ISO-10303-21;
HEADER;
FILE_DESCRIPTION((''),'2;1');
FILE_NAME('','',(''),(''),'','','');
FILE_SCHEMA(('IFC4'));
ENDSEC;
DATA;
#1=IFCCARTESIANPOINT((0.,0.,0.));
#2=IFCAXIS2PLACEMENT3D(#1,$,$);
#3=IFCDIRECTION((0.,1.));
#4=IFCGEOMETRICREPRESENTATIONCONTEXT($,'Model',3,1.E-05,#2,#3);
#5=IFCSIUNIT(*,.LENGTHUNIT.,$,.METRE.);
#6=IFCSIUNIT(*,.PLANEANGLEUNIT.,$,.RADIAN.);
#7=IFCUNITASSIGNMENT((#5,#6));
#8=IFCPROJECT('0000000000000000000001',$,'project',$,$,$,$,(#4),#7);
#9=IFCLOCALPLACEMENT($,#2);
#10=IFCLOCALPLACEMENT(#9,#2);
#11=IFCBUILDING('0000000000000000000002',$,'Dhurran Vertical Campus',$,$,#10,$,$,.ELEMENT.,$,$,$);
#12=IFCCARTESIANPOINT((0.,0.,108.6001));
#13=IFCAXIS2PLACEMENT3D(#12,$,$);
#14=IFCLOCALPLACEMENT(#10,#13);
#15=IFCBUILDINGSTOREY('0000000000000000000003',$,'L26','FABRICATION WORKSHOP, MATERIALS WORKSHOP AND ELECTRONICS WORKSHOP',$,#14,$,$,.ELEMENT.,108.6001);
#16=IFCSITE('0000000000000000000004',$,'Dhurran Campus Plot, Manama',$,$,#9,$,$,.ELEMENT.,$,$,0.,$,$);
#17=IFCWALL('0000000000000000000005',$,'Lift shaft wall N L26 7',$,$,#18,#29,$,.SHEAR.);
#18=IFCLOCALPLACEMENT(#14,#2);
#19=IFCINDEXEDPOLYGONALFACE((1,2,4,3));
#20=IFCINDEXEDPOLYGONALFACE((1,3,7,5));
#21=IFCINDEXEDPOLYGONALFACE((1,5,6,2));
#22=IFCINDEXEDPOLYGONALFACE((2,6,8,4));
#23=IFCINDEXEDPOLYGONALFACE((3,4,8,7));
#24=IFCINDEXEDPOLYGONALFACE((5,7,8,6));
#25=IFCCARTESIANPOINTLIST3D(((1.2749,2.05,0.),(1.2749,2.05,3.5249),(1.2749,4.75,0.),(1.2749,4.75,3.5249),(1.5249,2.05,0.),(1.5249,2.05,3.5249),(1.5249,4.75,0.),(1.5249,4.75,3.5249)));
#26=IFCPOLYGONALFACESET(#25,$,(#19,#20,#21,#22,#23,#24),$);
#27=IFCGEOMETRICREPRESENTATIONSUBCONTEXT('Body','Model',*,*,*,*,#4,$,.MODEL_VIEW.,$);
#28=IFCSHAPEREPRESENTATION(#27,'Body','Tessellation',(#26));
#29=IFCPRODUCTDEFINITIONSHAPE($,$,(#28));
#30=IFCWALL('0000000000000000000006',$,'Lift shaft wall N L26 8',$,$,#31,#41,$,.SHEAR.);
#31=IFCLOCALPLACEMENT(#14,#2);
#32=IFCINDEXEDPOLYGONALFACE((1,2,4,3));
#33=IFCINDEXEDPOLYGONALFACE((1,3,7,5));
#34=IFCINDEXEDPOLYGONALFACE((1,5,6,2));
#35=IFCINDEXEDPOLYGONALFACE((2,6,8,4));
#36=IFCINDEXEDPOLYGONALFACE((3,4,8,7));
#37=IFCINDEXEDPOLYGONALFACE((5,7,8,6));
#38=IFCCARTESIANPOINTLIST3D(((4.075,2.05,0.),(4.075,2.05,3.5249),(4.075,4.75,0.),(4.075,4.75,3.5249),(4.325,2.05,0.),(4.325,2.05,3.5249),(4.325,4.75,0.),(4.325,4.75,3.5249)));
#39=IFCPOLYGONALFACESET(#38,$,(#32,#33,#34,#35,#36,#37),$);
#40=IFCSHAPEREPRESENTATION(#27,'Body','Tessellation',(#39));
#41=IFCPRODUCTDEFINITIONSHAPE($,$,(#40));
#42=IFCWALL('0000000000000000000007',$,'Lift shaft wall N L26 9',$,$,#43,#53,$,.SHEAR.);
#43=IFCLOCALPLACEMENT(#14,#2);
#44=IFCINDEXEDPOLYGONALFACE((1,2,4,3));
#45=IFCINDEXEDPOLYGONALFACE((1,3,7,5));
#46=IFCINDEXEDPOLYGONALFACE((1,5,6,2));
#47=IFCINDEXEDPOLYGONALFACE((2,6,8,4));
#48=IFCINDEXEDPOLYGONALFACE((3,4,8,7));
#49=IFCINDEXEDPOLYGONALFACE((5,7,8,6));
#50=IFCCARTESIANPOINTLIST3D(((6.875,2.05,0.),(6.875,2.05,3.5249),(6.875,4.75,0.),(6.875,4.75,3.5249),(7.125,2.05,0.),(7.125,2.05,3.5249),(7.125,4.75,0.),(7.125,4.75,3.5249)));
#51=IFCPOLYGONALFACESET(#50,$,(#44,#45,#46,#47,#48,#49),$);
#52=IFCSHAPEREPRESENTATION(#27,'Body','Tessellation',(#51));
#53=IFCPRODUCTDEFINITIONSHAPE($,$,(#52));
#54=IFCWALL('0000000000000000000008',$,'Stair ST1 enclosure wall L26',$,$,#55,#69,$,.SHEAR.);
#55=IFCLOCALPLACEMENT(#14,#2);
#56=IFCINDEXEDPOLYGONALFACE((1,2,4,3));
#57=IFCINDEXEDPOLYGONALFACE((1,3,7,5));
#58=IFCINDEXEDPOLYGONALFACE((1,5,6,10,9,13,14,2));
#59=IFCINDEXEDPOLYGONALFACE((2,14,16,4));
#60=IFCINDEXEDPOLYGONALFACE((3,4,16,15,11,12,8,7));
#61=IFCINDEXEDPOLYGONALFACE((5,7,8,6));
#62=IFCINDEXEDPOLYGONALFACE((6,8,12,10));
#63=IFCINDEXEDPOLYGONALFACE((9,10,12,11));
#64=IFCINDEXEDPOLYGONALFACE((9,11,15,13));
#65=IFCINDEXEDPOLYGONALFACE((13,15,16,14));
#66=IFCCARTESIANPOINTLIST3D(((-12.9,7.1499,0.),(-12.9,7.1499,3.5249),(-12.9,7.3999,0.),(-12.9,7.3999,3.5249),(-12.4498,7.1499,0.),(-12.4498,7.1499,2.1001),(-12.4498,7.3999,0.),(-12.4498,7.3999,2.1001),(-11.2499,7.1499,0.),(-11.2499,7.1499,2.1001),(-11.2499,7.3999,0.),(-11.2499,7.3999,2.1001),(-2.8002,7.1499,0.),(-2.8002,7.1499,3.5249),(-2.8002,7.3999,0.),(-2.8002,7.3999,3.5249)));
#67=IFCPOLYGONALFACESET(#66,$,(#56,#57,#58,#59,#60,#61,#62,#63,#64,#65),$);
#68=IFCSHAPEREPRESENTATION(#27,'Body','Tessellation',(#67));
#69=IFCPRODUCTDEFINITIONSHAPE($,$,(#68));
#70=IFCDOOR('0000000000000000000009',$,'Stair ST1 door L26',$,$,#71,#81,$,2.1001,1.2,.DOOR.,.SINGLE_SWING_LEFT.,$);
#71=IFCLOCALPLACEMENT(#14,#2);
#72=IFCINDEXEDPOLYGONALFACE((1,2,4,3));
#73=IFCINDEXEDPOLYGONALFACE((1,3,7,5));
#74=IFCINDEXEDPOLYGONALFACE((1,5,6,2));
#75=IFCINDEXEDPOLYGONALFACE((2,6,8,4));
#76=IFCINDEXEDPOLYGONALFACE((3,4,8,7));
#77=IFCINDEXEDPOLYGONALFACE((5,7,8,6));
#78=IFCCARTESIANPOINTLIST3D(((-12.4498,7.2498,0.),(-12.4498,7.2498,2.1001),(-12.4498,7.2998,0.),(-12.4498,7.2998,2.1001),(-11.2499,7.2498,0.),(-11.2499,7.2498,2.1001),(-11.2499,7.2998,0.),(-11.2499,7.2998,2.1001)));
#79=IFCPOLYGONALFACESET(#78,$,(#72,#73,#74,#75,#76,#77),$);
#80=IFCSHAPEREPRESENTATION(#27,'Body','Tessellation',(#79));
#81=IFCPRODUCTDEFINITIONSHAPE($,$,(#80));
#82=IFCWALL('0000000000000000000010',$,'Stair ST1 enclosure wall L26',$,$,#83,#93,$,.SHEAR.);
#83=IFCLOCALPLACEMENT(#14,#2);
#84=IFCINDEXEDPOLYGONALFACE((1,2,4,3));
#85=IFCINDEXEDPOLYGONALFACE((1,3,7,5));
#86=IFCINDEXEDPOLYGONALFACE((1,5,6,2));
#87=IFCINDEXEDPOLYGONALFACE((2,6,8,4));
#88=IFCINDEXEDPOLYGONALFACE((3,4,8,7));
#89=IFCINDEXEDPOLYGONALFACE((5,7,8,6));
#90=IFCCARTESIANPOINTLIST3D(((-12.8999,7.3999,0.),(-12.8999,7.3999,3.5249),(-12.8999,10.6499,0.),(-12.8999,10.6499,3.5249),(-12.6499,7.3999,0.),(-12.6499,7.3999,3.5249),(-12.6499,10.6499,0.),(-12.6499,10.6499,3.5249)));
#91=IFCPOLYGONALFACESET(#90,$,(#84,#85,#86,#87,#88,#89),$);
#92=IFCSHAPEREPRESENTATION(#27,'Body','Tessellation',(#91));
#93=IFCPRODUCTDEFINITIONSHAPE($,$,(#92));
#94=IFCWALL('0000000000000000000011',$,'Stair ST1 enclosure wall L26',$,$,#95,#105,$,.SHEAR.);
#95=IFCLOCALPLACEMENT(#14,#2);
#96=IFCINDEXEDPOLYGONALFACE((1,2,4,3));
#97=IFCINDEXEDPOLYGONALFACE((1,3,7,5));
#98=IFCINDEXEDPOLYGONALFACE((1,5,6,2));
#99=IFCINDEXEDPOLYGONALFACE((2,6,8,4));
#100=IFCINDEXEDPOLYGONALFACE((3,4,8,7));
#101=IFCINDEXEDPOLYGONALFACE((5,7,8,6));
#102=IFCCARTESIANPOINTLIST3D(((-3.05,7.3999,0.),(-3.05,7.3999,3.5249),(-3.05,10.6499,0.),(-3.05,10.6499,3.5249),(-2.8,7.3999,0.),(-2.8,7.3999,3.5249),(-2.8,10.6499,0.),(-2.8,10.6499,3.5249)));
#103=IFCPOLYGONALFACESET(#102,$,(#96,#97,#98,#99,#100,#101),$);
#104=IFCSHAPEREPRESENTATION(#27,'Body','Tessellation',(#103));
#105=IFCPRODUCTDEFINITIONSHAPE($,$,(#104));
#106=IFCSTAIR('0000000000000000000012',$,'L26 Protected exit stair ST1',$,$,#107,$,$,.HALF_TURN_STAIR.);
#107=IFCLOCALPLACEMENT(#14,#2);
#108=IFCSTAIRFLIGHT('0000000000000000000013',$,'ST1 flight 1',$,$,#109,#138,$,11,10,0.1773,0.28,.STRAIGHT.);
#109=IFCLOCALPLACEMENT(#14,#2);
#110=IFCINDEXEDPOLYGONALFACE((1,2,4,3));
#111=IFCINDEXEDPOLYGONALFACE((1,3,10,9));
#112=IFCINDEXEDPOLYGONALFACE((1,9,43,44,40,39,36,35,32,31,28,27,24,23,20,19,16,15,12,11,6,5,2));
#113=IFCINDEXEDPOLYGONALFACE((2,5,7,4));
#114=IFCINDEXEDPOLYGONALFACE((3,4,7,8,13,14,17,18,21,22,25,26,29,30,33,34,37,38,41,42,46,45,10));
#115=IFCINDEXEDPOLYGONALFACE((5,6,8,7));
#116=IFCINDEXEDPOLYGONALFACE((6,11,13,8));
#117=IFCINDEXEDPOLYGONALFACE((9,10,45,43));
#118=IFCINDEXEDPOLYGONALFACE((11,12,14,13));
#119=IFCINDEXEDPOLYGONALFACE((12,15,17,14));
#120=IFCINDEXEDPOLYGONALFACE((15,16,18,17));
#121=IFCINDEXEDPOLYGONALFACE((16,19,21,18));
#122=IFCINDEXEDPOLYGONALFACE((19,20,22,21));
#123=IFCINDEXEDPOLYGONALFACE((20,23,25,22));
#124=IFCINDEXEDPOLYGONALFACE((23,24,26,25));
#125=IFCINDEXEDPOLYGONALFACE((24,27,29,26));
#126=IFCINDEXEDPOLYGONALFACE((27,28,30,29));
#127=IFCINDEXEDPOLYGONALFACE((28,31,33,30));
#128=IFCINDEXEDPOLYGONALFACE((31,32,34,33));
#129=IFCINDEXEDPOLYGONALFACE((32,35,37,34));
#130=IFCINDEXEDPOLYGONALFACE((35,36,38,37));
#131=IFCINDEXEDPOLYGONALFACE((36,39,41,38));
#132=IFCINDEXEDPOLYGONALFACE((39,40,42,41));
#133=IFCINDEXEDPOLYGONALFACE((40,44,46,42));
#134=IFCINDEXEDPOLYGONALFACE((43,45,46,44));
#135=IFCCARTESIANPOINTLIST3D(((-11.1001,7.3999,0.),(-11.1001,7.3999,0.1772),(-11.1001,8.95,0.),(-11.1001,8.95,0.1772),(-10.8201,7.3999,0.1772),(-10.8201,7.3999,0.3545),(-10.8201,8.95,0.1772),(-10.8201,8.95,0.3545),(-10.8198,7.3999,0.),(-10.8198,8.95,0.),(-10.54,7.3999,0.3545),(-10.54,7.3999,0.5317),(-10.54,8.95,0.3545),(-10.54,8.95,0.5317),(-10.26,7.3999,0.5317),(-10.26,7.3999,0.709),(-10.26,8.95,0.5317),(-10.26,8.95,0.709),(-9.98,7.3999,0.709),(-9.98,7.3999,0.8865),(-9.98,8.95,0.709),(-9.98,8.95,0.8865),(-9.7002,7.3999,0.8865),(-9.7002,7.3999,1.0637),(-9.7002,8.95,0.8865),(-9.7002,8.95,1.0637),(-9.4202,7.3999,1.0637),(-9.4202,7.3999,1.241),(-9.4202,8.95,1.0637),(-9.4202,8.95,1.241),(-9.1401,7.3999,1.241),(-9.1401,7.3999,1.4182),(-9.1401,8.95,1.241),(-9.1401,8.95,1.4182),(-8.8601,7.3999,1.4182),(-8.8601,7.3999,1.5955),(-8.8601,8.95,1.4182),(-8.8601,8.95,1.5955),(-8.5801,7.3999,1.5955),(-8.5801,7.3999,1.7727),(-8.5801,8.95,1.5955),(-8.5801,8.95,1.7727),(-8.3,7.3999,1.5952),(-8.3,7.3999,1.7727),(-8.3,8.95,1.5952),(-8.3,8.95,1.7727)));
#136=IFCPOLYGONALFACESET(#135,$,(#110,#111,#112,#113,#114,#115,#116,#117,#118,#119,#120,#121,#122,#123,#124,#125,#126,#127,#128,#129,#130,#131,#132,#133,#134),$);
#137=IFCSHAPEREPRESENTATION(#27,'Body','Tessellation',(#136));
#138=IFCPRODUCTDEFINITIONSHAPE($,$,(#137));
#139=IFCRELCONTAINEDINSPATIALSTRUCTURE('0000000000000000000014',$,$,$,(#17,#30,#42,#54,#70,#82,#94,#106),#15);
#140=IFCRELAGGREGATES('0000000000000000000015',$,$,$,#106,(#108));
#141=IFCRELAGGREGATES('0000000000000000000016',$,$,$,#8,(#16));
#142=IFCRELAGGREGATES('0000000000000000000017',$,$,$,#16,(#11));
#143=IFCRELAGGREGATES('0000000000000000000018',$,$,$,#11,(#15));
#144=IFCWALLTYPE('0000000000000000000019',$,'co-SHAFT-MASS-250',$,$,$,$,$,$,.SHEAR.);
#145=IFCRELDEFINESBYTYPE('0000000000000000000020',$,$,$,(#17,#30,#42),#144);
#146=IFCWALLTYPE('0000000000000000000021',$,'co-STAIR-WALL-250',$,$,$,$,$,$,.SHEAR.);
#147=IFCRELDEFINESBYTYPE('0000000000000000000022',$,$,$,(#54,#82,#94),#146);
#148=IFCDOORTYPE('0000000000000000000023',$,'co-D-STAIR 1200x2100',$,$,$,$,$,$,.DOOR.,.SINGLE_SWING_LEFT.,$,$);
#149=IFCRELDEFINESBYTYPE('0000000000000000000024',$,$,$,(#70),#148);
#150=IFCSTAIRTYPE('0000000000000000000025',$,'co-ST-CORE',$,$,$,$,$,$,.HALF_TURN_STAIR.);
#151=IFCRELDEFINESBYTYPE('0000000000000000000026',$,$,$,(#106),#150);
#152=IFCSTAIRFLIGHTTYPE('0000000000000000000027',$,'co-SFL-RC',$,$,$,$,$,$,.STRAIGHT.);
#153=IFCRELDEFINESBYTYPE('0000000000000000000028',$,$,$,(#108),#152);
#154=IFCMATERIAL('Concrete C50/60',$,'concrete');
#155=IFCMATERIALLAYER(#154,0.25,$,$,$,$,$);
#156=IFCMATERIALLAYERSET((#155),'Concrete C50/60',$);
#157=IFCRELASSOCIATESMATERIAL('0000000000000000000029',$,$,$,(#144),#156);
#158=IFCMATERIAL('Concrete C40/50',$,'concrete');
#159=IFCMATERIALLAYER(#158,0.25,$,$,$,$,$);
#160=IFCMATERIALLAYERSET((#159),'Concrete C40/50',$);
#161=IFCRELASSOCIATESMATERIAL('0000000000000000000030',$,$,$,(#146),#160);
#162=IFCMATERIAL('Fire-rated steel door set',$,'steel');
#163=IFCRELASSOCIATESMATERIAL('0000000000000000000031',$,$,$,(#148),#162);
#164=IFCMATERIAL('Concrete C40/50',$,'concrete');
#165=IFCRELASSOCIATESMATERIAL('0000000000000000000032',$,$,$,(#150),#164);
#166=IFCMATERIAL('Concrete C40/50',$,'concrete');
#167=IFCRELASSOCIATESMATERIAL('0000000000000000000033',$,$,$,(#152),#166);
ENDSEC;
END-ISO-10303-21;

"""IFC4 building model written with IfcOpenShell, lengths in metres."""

from ifc_helpers import new_model, si_unit, direction, frame, frame_2d, origin, place, context, subcontext, project, spatial, polyline, rectangle, outline, extrude, material, layer, layer_set, type_object, element, fill, aggregate, save


model = new_model("IFC4")

# Units and contexts
model_context = context("Model", 3, precision=1e-05, world=origin(), true_north=direction((0.0, 1.0)))
body_context = subcontext(model_context, "Body", "Model", "MODEL_VIEW")
ifc_project = project(units=[si_unit("LENGTHUNIT", "METRE"), si_unit("PLANEANGLEUNIT", "RADIAN")], contexts=[model_context])

# Site, building, storey
site_placement = place(None, origin())
site = spatial("IfcSite", under=ifc_project, at=site_placement, Name="Dhurran Campus Plot, Manama", CompositionType="ELEMENT", RefElevation=0.0)
building_placement = place(site_placement, origin())
building = spatial("IfcBuilding", under=site, at=building_placement, Name="Dhurran Vertical Campus", CompositionType="ELEMENT")
storey_placement = place(building_placement, frame((0.0, 0.0, 108.6001)))
storey = spatial("IfcBuildingStorey", under=building, at=storey_placement, Name="L26", Description="FABRICATION WORKSHOP, MATERIALS WORKSHOP AND ELECTRONICS WORKSHOP", CompositionType="ELEMENT", Elevation=108.6001)

# Walls
ifc_material_1 = material(Name="Concrete C50/60", Category="concrete")
ifc_layer_1 = layer(ifc_material_1, 0.25)
ifc_layer_set_1 = layer_set([ifc_layer_1], Name="Concrete C50/60")
wall_type_1 = type_object("IfcWallType", Name="co-SHAFT-MASS-250", PredefinedType="SHEAR", material=ifc_layer_set_1)
wall_1_placement = place(storey_placement, origin())
element("IfcWall", 1, at=wall_1_placement, inside=storey, type_object=wall_type_1, Name="Lift shaft wall N L26 7", PredefinedType="SHEAR", context=body_context, shape_type="SweptSolid", body=[
    extrude(outline(polyline([(1.2749, 2.05), (1.5249, 2.05), (1.5249, 4.75), (1.2749, 4.75), (1.2749, 2.05)])), origin(), (0.0, 0.0, 1.0), 3.5249),
])
wall_2_placement = place(storey_placement, origin())
element("IfcWall", 2, at=wall_2_placement, inside=storey, type_object=wall_type_1, Name="Lift shaft wall N L26 8", PredefinedType="SHEAR", context=body_context, shape_type="SweptSolid", body=[
    extrude(outline(polyline([(4.075, 2.05), (4.325, 2.05), (4.325, 4.75), (4.075, 4.75), (4.075, 2.05)])), origin(), (0.0, 0.0, 1.0), 3.5249),
])
wall_3_placement = place(storey_placement, origin())
element("IfcWall", 3, at=wall_3_placement, inside=storey, type_object=wall_type_1, Name="Lift shaft wall N L26 9", PredefinedType="SHEAR", context=body_context, shape_type="SweptSolid", body=[
    extrude(outline(polyline([(6.875, 2.05), (7.125, 2.05), (7.125, 4.75), (6.875, 4.75), (6.875, 2.05)])), origin(), (0.0, 0.0, 1.0), 3.5249),
])

# Wall, opening, door
ifc_material_2 = material(Name="Concrete C40/50", Category="concrete")
ifc_layer_2 = layer(ifc_material_2, 0.25)
ifc_layer_set_2 = layer_set([ifc_layer_2], Name="Concrete C40/50")
wall_type_2 = type_object("IfcWallType", Name="co-STAIR-WALL-250", PredefinedType="SHEAR", material=ifc_layer_set_2)
wall_4_placement = place(storey_placement, frame((-12.8999, 7.2749, 0.0), z_axis=(0.0, 0.0, 1.0), x_axis=(1.0, 0.0, 0.0)))
wall_4 = element("IfcWall", 4, at=wall_4_placement, inside=storey, type_object=wall_type_2, Name="Stair ST1 enclosure wall L26", PredefinedType="SHEAR", context=body_context, shape_type="SweptSolid", body=[
    extrude(rectangle(XDim=10.0999, YDim=0.25, at=frame_2d((5.0498, 0.0))), origin(), (0.0, 0.0, 1.0), 3.5249),
])
opening_1_placement = place(wall_4_placement, frame((0.45, 0.0, 0.0)))
opening_1 = element("IfcOpeningElement", 5, at=opening_1_placement, cuts=wall_4, PredefinedType="OPENING", context=body_context, shape_type="SweptSolid", body=[
    extrude(rectangle(XDim=1.2, YDim=2.1001, at=frame_2d((0.6001, 1.05))), frame((0.0, 0.135, 0.0), z_axis=(0.0, -1.0, 0.0), x_axis=(1.0, 0.0, 0.0)), (0.0, 0.0, 1.0), 0.27),
])
ifc_material_3 = material(Name="Fire-rated steel door set", Category="steel")
door_type_1 = type_object("IfcDoorType", Name="co-D-STAIR 1200x2100", OperationType="SINGLE_SWING_LEFT", PredefinedType="DOOR", material=ifc_material_3)
door_1_placement = place(opening_1_placement, origin())
door_1 = element("IfcDoor", 6, at=door_1_placement, inside=storey, type_object=door_type_1, Name="Stair ST1 door L26", OperationType="SINGLE_SWING_LEFT", OverallHeight=2.1001, OverallWidth=1.2, PredefinedType="DOOR", context=body_context, shape_type="SweptSolid", body=[
    extrude(rectangle(XDim=1.2, YDim=2.1001, at=frame_2d((0.6001, 1.05))), frame((0.0, 0.0249, 0.0), z_axis=(0.0, -1.0, 0.0), x_axis=(1.0, 0.0, 0.0)), (0.0, 0.0, 1.0), 0.05),
])
fill(opening_1, door_1)

# Walls
for number, where, z_axis, x_axis, name in (
    (7, (-12.7749, 7.3999, 0.0), (0.0, 0.0, 1.0), (0.0, 1.0, 0.0), "Stair ST1 enclosure wall L26"),
    (8, (-2.925, 7.3999, 0.0), (0.0, 0.0, 1.0), (0.0, 1.0, 0.0), "Stair ST1 enclosure wall L26"),
):
    element("IfcWall", number, at=place(storey_placement, frame(where, z_axis=z_axis, x_axis=x_axis)), inside=storey, type_object=wall_type_2, Name=name, PredefinedType="SHEAR", context=body_context, shape_type="SweptSolid", body=[
        extrude(rectangle(XDim=3.25, YDim=0.25, at=frame_2d((1.625, 0.0))), origin(), (0.0, 0.0, 1.0), 3.5249),
    ])

# Stair, stair flight
ifc_material_4 = material(Name="Concrete C40/50", Category="concrete")
stair_type = type_object("IfcStairType", Name="co-ST-CORE", PredefinedType="HALF_TURN_STAIR", material=ifc_material_4)
stair_placement = place(storey_placement, origin())
stair = element("IfcStair", 9, at=stair_placement, inside=storey, type_object=stair_type, Name="L26 Protected exit stair ST1", PredefinedType="HALF_TURN_STAIR")
ifc_material_5 = material(Name="Concrete C40/50", Category="concrete")
stair_flight_type = type_object("IfcStairFlightType", Name="co-SFL-RC", PredefinedType="STRAIGHT", material=ifc_material_5)
stair_flight_placement = place(storey_placement, frame((-11.1001, 8.175, 0.0), z_axis=(0.0, 0.0, 1.0), x_axis=(1.0, 0.0, 0.0)))
stair_flight = element("IfcStairFlight", 10, at=stair_flight_placement, type_object=stair_flight_type, Name="ST1 flight 1", NumberOfRisers=11, NumberOfTreads=10, PredefinedType="STRAIGHT", RiserHeight=0.1773, TreadLength=0.28, context=body_context, shape_type="SweptSolid", body=[
    extrude(outline(polyline([(0.0, 0.0), (0.0, 0.1772), (0.28, 0.1772), (0.28, 0.3545), (0.5601, 0.3545), (0.5601, 0.5317), (0.8401, 0.5317), (0.8401, 0.709), (1.1201, 0.709), (1.1201, 0.8865), (1.3999, 0.8865), (1.3999, 1.0637), (1.6799, 1.0637), (1.6799, 1.241), (1.96, 1.241), (1.96, 1.4182), (2.24, 1.4182), (2.24, 1.5955), (2.52, 1.5955), (2.52, 1.7727), (2.8, 1.7727), (2.8, 1.95), (2.8, 1.5952), (0.2803, 0.0), (0.0, 0.0)])), frame((0.0, 0.7749, 0.0), z_axis=(0.0, -1.0, 0.0), x_axis=(1.0, 0.0, 0.0)), (0.0, 0.0, 1.0), 1.55),
])
aggregate(stair, [stair_flight])

save(model, "model.ifc")
